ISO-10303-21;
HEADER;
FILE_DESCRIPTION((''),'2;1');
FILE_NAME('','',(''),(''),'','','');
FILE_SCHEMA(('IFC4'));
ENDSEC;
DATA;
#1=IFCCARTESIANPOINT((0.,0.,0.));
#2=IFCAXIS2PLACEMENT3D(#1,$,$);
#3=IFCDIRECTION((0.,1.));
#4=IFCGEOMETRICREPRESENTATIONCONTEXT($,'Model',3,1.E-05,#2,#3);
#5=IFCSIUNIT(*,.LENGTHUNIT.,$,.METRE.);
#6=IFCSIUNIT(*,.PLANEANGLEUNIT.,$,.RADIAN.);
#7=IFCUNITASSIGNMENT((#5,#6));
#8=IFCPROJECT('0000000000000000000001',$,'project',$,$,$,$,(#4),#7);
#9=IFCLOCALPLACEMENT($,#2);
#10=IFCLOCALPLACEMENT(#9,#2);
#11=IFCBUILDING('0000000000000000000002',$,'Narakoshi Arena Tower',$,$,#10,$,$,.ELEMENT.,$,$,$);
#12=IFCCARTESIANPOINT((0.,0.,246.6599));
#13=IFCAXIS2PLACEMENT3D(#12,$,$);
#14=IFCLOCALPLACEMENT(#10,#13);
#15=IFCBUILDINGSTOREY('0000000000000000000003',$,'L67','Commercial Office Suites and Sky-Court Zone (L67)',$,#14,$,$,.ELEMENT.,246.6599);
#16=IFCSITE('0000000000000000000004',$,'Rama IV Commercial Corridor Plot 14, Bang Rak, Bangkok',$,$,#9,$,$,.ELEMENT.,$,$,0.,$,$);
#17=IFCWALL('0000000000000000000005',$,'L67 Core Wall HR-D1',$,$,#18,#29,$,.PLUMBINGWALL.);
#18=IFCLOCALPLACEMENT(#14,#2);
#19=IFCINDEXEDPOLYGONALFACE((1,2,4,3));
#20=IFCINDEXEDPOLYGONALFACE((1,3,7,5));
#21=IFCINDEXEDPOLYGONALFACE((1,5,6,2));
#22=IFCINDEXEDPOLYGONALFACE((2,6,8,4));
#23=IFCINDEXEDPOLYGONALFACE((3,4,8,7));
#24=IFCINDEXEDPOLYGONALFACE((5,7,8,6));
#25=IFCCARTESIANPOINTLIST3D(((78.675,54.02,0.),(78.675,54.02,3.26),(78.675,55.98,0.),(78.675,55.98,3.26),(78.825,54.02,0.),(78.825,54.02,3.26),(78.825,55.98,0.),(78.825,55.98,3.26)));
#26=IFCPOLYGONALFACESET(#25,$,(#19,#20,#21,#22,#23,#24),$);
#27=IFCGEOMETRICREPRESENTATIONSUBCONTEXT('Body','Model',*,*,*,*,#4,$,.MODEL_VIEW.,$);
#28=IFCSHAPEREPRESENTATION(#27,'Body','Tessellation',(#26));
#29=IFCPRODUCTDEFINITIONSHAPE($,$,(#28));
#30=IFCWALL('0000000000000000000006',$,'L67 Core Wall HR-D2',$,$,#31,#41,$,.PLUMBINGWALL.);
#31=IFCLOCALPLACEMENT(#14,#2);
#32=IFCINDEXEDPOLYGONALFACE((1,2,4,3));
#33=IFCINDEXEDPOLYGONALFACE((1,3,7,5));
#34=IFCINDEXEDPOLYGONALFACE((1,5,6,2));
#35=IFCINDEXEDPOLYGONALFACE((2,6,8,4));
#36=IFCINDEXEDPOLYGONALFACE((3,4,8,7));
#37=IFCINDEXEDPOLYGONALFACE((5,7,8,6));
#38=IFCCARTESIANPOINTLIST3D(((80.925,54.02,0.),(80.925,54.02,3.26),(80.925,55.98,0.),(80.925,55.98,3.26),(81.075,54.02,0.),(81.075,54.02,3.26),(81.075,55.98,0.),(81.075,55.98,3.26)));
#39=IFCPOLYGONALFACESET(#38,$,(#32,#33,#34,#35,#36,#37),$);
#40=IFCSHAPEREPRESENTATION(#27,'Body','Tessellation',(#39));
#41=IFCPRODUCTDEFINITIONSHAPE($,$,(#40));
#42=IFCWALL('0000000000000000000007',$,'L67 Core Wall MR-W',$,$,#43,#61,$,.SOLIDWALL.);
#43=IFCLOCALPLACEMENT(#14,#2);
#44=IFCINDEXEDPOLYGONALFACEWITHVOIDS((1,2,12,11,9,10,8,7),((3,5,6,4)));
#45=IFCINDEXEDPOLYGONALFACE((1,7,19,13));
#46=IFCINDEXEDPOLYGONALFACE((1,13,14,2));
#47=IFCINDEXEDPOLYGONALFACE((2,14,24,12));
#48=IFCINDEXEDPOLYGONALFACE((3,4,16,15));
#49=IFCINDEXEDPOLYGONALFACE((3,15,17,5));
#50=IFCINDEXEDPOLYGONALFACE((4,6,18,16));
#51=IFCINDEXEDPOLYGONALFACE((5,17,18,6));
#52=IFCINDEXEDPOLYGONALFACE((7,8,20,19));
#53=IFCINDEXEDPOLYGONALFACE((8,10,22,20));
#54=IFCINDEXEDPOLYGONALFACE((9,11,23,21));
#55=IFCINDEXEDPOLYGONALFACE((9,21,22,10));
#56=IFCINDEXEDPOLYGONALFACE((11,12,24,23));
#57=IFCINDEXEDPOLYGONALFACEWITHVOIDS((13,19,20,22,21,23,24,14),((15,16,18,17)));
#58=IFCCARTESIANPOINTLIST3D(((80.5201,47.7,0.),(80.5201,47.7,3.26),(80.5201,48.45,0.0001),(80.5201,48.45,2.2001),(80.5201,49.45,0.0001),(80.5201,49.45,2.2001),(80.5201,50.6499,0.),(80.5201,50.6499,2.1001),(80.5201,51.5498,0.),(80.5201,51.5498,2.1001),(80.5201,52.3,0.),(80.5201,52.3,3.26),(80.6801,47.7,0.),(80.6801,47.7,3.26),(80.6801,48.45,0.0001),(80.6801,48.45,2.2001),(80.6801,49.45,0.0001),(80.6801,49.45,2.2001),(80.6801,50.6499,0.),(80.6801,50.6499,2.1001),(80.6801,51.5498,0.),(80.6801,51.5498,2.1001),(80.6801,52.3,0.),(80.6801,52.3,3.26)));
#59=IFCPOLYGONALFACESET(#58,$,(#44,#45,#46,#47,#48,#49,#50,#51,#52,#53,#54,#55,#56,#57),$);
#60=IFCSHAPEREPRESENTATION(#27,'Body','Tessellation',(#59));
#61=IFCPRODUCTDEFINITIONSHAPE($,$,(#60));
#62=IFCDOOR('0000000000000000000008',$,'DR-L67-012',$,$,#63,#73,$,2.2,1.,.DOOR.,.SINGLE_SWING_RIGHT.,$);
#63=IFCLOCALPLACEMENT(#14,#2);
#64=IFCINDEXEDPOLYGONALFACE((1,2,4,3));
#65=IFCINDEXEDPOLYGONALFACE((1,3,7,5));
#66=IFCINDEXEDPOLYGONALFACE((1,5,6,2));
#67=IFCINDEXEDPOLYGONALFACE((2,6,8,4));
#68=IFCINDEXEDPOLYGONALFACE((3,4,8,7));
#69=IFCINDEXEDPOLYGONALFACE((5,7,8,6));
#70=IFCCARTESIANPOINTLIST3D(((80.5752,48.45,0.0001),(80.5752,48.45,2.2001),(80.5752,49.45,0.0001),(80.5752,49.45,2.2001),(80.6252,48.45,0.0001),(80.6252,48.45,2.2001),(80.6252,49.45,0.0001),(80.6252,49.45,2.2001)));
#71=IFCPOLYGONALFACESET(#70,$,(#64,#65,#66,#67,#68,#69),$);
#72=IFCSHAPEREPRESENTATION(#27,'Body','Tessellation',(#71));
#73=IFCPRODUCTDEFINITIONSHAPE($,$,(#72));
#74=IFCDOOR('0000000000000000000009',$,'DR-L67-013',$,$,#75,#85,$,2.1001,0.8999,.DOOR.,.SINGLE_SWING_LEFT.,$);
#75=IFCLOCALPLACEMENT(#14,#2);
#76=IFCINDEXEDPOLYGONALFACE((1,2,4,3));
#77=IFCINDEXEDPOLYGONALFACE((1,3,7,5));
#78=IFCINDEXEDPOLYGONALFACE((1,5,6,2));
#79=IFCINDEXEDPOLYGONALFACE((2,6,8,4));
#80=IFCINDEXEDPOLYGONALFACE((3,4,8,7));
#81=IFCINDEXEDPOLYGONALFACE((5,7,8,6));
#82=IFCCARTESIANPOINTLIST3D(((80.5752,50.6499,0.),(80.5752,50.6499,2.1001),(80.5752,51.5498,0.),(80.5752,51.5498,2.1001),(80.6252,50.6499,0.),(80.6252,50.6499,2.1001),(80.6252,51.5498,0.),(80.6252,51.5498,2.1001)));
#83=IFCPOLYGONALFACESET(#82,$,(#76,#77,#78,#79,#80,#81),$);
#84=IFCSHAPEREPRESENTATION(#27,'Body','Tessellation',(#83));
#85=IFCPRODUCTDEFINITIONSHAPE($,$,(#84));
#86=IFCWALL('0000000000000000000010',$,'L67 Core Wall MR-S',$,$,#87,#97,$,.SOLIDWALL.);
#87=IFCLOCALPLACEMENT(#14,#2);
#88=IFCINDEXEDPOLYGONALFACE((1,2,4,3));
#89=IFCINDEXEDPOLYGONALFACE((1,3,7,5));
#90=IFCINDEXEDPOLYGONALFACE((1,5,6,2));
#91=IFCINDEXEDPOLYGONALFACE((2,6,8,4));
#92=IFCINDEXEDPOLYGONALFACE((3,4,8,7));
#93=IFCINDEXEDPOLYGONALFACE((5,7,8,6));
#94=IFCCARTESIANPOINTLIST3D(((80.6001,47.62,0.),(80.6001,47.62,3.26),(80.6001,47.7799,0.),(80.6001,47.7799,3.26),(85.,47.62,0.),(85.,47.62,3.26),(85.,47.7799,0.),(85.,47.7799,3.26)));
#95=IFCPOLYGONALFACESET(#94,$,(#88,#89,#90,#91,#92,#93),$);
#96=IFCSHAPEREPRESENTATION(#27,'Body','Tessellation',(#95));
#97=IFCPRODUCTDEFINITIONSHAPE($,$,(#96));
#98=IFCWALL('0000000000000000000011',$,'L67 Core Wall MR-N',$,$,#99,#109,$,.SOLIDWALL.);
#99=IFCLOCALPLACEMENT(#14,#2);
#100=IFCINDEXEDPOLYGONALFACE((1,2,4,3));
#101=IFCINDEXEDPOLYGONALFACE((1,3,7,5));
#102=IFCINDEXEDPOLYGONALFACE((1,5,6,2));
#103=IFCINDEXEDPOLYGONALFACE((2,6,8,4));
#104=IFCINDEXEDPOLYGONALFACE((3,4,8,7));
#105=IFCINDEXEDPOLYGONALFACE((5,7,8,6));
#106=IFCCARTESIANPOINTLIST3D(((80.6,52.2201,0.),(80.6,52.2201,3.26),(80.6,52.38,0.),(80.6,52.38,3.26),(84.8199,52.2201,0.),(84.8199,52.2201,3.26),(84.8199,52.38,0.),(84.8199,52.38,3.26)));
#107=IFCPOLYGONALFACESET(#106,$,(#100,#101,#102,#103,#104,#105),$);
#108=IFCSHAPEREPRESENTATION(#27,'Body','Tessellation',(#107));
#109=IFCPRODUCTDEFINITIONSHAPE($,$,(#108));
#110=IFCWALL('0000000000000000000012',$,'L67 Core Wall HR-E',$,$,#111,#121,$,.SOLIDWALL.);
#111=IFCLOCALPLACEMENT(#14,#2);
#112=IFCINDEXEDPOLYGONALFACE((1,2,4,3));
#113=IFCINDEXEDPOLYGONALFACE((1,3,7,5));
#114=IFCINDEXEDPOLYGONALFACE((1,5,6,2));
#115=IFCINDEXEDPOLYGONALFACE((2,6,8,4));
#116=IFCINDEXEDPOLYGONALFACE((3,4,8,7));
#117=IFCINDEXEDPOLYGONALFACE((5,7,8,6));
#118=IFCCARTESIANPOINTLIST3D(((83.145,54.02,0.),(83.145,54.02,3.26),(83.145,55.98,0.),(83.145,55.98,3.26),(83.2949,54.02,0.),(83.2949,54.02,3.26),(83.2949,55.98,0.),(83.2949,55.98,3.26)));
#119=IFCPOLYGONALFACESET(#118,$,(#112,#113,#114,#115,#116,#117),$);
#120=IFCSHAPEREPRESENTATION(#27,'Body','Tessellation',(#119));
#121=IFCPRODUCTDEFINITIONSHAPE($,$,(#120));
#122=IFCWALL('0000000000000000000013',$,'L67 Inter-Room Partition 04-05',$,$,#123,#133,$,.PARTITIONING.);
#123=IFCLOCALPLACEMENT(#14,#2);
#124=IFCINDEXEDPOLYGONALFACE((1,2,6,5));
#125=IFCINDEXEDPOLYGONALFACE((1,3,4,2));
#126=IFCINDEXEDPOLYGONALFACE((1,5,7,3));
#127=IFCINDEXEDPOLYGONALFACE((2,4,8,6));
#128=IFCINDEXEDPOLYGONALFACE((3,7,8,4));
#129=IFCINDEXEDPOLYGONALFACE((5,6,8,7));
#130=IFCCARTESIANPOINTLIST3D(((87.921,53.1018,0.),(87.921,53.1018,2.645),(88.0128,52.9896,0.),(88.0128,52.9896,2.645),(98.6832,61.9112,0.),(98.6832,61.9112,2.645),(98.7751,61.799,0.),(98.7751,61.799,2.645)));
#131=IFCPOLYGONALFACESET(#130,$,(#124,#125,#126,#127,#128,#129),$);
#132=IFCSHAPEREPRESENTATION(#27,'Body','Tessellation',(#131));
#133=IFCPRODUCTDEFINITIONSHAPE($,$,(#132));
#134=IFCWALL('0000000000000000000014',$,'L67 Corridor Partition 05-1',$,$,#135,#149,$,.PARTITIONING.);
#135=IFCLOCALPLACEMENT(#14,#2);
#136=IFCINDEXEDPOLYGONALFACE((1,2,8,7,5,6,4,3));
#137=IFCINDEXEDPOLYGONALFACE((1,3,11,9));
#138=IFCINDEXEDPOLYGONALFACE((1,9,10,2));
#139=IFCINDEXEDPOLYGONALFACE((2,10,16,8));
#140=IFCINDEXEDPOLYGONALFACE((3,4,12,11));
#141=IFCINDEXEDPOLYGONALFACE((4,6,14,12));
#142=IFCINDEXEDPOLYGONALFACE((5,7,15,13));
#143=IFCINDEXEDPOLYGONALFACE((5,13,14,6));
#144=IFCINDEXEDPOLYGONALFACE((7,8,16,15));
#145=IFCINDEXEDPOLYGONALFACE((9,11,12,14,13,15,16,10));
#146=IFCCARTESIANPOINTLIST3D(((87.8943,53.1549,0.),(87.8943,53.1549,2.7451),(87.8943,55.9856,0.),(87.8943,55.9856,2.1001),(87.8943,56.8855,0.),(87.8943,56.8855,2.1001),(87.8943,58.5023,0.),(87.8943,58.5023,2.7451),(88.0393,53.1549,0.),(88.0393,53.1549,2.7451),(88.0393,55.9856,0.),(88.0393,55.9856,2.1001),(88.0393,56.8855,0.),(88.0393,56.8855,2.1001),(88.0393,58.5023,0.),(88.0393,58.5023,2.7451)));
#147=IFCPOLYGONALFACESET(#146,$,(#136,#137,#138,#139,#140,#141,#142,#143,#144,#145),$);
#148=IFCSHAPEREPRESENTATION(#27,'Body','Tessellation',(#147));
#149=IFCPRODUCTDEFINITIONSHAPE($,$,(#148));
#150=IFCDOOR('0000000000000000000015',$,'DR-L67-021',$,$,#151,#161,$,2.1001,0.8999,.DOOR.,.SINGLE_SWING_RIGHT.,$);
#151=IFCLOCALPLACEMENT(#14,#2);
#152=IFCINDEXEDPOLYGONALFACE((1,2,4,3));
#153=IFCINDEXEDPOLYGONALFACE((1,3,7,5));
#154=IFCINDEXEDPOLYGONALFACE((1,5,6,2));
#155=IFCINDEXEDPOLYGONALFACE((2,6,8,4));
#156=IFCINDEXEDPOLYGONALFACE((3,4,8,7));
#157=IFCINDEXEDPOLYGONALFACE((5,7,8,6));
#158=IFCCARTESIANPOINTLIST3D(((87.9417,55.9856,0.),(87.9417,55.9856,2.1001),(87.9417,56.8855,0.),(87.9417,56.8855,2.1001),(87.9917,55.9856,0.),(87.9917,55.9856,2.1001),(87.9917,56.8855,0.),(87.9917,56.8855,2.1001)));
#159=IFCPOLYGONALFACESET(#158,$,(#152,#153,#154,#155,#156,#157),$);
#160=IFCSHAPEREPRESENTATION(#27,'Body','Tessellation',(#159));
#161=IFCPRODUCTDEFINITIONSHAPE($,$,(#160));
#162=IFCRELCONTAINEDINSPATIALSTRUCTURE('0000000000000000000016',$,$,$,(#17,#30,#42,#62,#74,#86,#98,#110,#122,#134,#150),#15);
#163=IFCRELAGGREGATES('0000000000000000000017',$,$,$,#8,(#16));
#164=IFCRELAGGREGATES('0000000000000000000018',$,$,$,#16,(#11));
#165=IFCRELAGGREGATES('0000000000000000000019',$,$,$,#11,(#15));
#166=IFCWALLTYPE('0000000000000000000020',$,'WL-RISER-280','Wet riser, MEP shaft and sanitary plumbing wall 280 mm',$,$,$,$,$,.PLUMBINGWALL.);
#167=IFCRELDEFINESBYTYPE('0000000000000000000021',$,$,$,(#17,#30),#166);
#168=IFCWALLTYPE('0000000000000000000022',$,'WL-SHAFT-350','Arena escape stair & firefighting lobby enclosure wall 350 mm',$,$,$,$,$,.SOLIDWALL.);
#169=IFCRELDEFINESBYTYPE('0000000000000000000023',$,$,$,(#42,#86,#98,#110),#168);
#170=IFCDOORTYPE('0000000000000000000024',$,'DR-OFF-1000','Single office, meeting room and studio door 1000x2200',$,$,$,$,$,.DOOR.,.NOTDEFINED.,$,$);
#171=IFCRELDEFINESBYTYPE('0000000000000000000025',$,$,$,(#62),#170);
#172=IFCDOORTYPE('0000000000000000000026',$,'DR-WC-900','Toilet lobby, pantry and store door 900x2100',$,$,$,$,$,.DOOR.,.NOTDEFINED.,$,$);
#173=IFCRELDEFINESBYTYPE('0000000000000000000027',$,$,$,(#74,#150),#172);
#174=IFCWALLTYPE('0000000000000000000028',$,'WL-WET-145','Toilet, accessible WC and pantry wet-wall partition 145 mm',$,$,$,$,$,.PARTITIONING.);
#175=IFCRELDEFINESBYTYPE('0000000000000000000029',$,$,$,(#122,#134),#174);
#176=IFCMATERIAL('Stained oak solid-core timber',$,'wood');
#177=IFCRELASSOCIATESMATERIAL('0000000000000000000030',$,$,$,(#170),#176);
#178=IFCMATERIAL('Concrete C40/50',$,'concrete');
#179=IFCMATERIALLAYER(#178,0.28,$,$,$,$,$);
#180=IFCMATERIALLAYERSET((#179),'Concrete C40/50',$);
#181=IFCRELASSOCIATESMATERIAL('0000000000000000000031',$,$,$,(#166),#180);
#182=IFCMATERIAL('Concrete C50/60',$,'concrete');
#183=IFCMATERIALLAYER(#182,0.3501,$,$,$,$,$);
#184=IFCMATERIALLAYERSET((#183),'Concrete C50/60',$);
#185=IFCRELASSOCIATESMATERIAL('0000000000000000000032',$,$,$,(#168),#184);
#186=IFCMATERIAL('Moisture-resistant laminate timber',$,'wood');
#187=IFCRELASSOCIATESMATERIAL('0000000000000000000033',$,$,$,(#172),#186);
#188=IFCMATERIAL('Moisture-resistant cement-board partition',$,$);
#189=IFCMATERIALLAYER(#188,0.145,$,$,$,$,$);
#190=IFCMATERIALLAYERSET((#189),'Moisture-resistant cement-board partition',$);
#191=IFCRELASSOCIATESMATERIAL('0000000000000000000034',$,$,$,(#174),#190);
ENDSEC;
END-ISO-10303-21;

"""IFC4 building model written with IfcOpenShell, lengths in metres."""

from ifc_helpers import new_model, si_unit, direction, frame, frame_2d, origin, place, context, subcontext, project, spatial, rectangle, extrude, material, layer, layer_set, type_object, element, fill, save


model = new_model("IFC4")

# Units and contexts
model_context = context("Model", 3, precision=1e-05, world=origin(), true_north=direction((0.0, 1.0)))
body_context = subcontext(model_context, "Body", "Model", "MODEL_VIEW")
ifc_project = project(units=[si_unit("LENGTHUNIT", "METRE"), si_unit("PLANEANGLEUNIT", "RADIAN")], contexts=[model_context])

# Site, building, storey
site_placement = place(None, origin())
site = spatial("IfcSite", under=ifc_project, at=site_placement, Name="Rama IV Commercial Corridor Plot 14, Bang Rak, Bangkok", CompositionType="ELEMENT", RefElevation=0.0)
building_placement = place(site_placement, origin())
building = spatial("IfcBuilding", under=site, at=building_placement, Name="Narakoshi Arena Tower", CompositionType="ELEMENT")
storey_placement = place(building_placement, frame((0.0, 0.0, 246.6599)))
storey = spatial("IfcBuildingStorey", under=building, at=storey_placement, Name="L67", Description="Commercial Office Suites and Sky-Court Zone (L67)", CompositionType="ELEMENT", Elevation=246.6599)

# Shared definitions
ifc_material_1 = material(Name="Concrete C50/60", Category="concrete")

# Shared definitions
ifc_material_2 = material(Name="Stained oak solid-core timber", Category="wood")
door_type_1 = type_object("IfcDoorType", Name="DR-OFF-1000", Description="Single office, meeting room and studio door 1000x2200", OperationType="NOTDEFINED", PredefinedType="DOOR", material=ifc_material_2)

# Walls
ifc_material_3 = material(Name="Concrete C40/50", Category="concrete")
ifc_layer_1 = layer(ifc_material_3, 0.28)
ifc_layer_set_1 = layer_set([ifc_layer_1], Name="Concrete C40/50")
wall_type_1 = type_object("IfcWallType", Name="WL-RISER-280", Description="Wet riser, MEP shaft and sanitary plumbing wall 280 mm", PredefinedType="PLUMBINGWALL", material=ifc_layer_set_1)
for number, where, z_axis, x_axis, name in (
    (1, (78.75, 54.02, 0.0), (0.0, 0.0, 1.0), (0.0, 1.0, 0.0), "L67 Core Wall HR-D1"),
    (2, (81.0, 54.02, 0.0), (0.0, 0.0, 1.0), (0.0, 1.0, 0.0), "L67 Core Wall HR-D2"),
):
    element("IfcWall", number, at=place(storey_placement, frame(where, z_axis=z_axis, x_axis=x_axis)), inside=storey, type_object=wall_type_1, Name=name, PredefinedType="PLUMBINGWALL", context=body_context, shape_type="SweptSolid", body=[
        extrude(rectangle(XDim=1.96, YDim=0.1499, at=frame_2d((0.98, 0.0))), origin(), (0.0, 0.0, 1.0), 3.26),
    ])

# Wall, openings, doors
ifc_layer_2 = layer(ifc_material_1, 0.3501)
ifc_layer_set_2 = layer_set([ifc_layer_2], Name="Concrete C50/60")
wall_type_2 = type_object("IfcWallType", Name="WL-SHAFT-350", Description="Arena escape stair & firefighting lobby enclosure wall 350 mm", PredefinedType="SOLIDWALL", material=ifc_layer_set_2)
wall_1_placement = place(storey_placement, frame((80.6001, 47.7, 0.0), z_axis=(0.0, 0.0, 1.0), x_axis=(0.0, 1.0, 0.0)))
wall_1 = element("IfcWall", 3, at=wall_1_placement, inside=storey, type_object=wall_type_2, Name="L67 Core Wall MR-W", PredefinedType="SOLIDWALL", context=body_context, shape_type="SweptSolid", body=[
    extrude(rectangle(XDim=4.6001, YDim=0.1599, at=frame_2d((2.3, 0.0))), origin(), (0.0, 0.0, 1.0), 3.26),
])
opening_1_placement = place(wall_1_placement, frame((0.75, 0.0, 0.0)))
opening_1 = element("IfcOpeningElement", 4, at=opening_1_placement, cuts=wall_1, PredefinedType="OPENING", context=body_context, shape_type="SweptSolid", body=[
    extrude(rectangle(XDim=1.0, YDim=2.2, at=frame_2d((0.5, 1.1001))), frame((0.0, 0.0898, 0.0), z_axis=(0.0, -1.0, 0.0), x_axis=(1.0, 0.0, 0.0)), (0.0, 0.0, 1.0), 0.1799),
])
opening_2_placement = place(wall_1_placement, frame((2.95, 0.0, 0.0)))
opening_2 = element("IfcOpeningElement", 5, at=opening_2_placement, cuts=wall_1, PredefinedType="OPENING", context=body_context, shape_type="SweptSolid", body=[
    extrude(rectangle(XDim=0.8999, YDim=2.1001, at=frame_2d((0.45, 1.05))), frame((0.0, 0.0898, 0.0), z_axis=(0.0, -1.0, 0.0), x_axis=(1.0, 0.0, 0.0)), (0.0, 0.0, 1.0), 0.1799),
])
door_1_placement = place(opening_1_placement, origin())
door_1 = element("IfcDoor", 6, at=door_1_placement, inside=storey, type_object=door_type_1, Name="DR-L67-012", OperationType="SINGLE_SWING_RIGHT", OverallHeight=2.2, OverallWidth=1.0, PredefinedType="DOOR", context=body_context, shape_type="SweptSolid", body=[
    extrude(rectangle(XDim=1.0, YDim=2.2, at=frame_2d((0.5, 1.1001))), frame((0.0, 0.0249, 0.0), z_axis=(0.0, -1.0, 0.0), x_axis=(1.0, 0.0, 0.0)), (0.0, 0.0, 1.0), 0.05),
])
fill(opening_1, door_1)
ifc_material_4 = material(Name="Moisture-resistant laminate timber", Category="wood")
door_type_2 = type_object("IfcDoorType", Name="DR-WC-900", Description="Toilet lobby, pantry and store door 900x2100", OperationType="NOTDEFINED", PredefinedType="DOOR", material=ifc_material_4)
door_2_placement = place(opening_2_placement, origin())
door_2 = element("IfcDoor", 7, at=door_2_placement, inside=storey, type_object=door_type_2, Name="DR-L67-013", OperationType="SINGLE_SWING_LEFT", OverallHeight=2.1001, OverallWidth=0.8999, PredefinedType="DOOR", context=body_context, shape_type="SweptSolid", body=[
    extrude(rectangle(XDim=0.8999, YDim=2.1001, at=frame_2d((0.45, 1.05))), frame((0.0, 0.0249, 0.0), z_axis=(0.0, -1.0, 0.0), x_axis=(1.0, 0.0, 0.0)), (0.0, 0.0, 1.0), 0.05),
])
fill(opening_2, door_2)

# Walls
wall_2_placement = place(storey_placement, frame((80.6001, 47.7, 0.0), z_axis=(0.0, 0.0, 1.0), x_axis=(1.0, 0.0, 0.0)))
element("IfcWall", 8, at=wall_2_placement, inside=storey, type_object=wall_type_2, Name="L67 Core Wall MR-S", PredefinedType="SOLIDWALL", context=body_context, shape_type="SweptSolid", body=[
    extrude(rectangle(XDim=4.3999, YDim=0.1599, at=frame_2d((2.2, 0.0))), origin(), (0.0, 0.0, 1.0), 3.26),
])
wall_3_placement = place(storey_placement, frame((80.6001, 52.3, 0.0), z_axis=(0.0, 0.0, 1.0), x_axis=(1.0, 0.0, 0.0)))
element("IfcWall", 9, at=wall_3_placement, inside=storey, type_object=wall_type_2, Name="L67 Core Wall MR-N", PredefinedType="SOLIDWALL", context=body_context, shape_type="SweptSolid", body=[
    extrude(rectangle(XDim=4.22, YDim=0.1599, at=frame_2d((2.1099, 0.0))), origin(), (0.0, 0.0, 1.0), 3.26),
])
wall_4_placement = place(storey_placement, frame((83.22, 54.02, 0.0), z_axis=(0.0, 0.0, 1.0), x_axis=(0.0, 1.0, 0.0)))
element("IfcWall", 10, at=wall_4_placement, inside=storey, type_object=wall_type_2, Name="L67 Core Wall HR-E", PredefinedType="SOLIDWALL", context=body_context, shape_type="SweptSolid", body=[
    extrude(rectangle(XDim=1.96, YDim=0.1499, at=frame_2d((0.98, 0.0))), origin(), (0.0, 0.0, 1.0), 3.26),
])
ifc_material_5 = material(Name="Moisture-resistant cement-board partition")
ifc_layer_3 = layer(ifc_material_5, 0.145)
ifc_layer_set_3 = layer_set([ifc_layer_3], Name="Moisture-resistant cement-board partition")
wall_type_3 = type_object("IfcWallType", Name="WL-WET-145", Description="Toilet, accessible WC and pantry wet-wall partition 145 mm", PredefinedType="PARTITIONING", material=ifc_layer_set_3)
wall_5_placement = place(storey_placement, frame((87.9668, 53.0457, 0.0), z_axis=(0.0, 0.0, 1.0), x_axis=(0.77382, 0.633405, 0.0)))
element("IfcWall", 11, at=wall_5_placement, inside=storey, type_object=wall_type_3, Name="L67 Inter-Room Partition 04-05", PredefinedType="PARTITIONING", context=body_context, shape_type="SweptSolid", body=[
    extrude(rectangle(XDim=13.908, YDim=0.145, at=frame_2d((6.9541, 0.0))), origin(), (0.0, 0.0, 1.0), 2.645),
])

# Wall, opening, door
wall_6_placement = place(storey_placement, frame((87.9668, 53.1548, 0.0), z_axis=(0.0, 0.0, 1.0), x_axis=(0.0, 1.0, 0.0)))
wall_6 = element("IfcWall", 12, at=wall_6_placement, inside=storey, type_object=wall_type_3, Name="L67 Corridor Partition 05-1", PredefinedType="PARTITIONING", context=body_context, shape_type="SweptSolid", body=[
    extrude(rectangle(XDim=5.3474, YDim=0.145, at=frame_2d((2.6738, 0.0))), origin(), (0.0, 0.0, 1.0), 2.7451),
])
opening_3_placement = place(wall_6_placement, frame((2.8308, 0.0, 0.0)))
opening_3 = element("IfcOpeningElement", 13, at=opening_3_placement, cuts=wall_6, PredefinedType="OPENING", context=body_context, shape_type="SweptSolid", body=[
    extrude(rectangle(XDim=0.8999, YDim=2.1001, at=frame_2d((0.45, 1.05))), frame((0.0, 0.0825, 0.0), z_axis=(0.0, -1.0, 0.0), x_axis=(1.0, 0.0, 0.0)), (0.0, 0.0, 1.0), 0.165),
])
door_3_placement = place(opening_3_placement, frame((0.8999, 0.0, 0.0), z_axis=(0.0, 0.0, 1.0), x_axis=(-1.0, 0.0, 0.0)))
door_3 = element("IfcDoor", 14, at=door_3_placement, inside=storey, type_object=door_type_2, Name="DR-L67-021", OperationType="SINGLE_SWING_RIGHT", OverallHeight=2.1001, OverallWidth=0.8999, PredefinedType="DOOR", context=body_context, shape_type="SweptSolid", body=[
    extrude(rectangle(XDim=0.8999, YDim=2.1001, at=frame_2d((0.45, 1.05))), frame((0.0, 0.0249, 0.0), z_axis=(0.0, -1.0, 0.0), x_axis=(1.0, 0.0, 0.0)), (0.0, 0.0, 1.0), 0.05),
])
fill(opening_3, door_3)

save(model, "model.ifc")
